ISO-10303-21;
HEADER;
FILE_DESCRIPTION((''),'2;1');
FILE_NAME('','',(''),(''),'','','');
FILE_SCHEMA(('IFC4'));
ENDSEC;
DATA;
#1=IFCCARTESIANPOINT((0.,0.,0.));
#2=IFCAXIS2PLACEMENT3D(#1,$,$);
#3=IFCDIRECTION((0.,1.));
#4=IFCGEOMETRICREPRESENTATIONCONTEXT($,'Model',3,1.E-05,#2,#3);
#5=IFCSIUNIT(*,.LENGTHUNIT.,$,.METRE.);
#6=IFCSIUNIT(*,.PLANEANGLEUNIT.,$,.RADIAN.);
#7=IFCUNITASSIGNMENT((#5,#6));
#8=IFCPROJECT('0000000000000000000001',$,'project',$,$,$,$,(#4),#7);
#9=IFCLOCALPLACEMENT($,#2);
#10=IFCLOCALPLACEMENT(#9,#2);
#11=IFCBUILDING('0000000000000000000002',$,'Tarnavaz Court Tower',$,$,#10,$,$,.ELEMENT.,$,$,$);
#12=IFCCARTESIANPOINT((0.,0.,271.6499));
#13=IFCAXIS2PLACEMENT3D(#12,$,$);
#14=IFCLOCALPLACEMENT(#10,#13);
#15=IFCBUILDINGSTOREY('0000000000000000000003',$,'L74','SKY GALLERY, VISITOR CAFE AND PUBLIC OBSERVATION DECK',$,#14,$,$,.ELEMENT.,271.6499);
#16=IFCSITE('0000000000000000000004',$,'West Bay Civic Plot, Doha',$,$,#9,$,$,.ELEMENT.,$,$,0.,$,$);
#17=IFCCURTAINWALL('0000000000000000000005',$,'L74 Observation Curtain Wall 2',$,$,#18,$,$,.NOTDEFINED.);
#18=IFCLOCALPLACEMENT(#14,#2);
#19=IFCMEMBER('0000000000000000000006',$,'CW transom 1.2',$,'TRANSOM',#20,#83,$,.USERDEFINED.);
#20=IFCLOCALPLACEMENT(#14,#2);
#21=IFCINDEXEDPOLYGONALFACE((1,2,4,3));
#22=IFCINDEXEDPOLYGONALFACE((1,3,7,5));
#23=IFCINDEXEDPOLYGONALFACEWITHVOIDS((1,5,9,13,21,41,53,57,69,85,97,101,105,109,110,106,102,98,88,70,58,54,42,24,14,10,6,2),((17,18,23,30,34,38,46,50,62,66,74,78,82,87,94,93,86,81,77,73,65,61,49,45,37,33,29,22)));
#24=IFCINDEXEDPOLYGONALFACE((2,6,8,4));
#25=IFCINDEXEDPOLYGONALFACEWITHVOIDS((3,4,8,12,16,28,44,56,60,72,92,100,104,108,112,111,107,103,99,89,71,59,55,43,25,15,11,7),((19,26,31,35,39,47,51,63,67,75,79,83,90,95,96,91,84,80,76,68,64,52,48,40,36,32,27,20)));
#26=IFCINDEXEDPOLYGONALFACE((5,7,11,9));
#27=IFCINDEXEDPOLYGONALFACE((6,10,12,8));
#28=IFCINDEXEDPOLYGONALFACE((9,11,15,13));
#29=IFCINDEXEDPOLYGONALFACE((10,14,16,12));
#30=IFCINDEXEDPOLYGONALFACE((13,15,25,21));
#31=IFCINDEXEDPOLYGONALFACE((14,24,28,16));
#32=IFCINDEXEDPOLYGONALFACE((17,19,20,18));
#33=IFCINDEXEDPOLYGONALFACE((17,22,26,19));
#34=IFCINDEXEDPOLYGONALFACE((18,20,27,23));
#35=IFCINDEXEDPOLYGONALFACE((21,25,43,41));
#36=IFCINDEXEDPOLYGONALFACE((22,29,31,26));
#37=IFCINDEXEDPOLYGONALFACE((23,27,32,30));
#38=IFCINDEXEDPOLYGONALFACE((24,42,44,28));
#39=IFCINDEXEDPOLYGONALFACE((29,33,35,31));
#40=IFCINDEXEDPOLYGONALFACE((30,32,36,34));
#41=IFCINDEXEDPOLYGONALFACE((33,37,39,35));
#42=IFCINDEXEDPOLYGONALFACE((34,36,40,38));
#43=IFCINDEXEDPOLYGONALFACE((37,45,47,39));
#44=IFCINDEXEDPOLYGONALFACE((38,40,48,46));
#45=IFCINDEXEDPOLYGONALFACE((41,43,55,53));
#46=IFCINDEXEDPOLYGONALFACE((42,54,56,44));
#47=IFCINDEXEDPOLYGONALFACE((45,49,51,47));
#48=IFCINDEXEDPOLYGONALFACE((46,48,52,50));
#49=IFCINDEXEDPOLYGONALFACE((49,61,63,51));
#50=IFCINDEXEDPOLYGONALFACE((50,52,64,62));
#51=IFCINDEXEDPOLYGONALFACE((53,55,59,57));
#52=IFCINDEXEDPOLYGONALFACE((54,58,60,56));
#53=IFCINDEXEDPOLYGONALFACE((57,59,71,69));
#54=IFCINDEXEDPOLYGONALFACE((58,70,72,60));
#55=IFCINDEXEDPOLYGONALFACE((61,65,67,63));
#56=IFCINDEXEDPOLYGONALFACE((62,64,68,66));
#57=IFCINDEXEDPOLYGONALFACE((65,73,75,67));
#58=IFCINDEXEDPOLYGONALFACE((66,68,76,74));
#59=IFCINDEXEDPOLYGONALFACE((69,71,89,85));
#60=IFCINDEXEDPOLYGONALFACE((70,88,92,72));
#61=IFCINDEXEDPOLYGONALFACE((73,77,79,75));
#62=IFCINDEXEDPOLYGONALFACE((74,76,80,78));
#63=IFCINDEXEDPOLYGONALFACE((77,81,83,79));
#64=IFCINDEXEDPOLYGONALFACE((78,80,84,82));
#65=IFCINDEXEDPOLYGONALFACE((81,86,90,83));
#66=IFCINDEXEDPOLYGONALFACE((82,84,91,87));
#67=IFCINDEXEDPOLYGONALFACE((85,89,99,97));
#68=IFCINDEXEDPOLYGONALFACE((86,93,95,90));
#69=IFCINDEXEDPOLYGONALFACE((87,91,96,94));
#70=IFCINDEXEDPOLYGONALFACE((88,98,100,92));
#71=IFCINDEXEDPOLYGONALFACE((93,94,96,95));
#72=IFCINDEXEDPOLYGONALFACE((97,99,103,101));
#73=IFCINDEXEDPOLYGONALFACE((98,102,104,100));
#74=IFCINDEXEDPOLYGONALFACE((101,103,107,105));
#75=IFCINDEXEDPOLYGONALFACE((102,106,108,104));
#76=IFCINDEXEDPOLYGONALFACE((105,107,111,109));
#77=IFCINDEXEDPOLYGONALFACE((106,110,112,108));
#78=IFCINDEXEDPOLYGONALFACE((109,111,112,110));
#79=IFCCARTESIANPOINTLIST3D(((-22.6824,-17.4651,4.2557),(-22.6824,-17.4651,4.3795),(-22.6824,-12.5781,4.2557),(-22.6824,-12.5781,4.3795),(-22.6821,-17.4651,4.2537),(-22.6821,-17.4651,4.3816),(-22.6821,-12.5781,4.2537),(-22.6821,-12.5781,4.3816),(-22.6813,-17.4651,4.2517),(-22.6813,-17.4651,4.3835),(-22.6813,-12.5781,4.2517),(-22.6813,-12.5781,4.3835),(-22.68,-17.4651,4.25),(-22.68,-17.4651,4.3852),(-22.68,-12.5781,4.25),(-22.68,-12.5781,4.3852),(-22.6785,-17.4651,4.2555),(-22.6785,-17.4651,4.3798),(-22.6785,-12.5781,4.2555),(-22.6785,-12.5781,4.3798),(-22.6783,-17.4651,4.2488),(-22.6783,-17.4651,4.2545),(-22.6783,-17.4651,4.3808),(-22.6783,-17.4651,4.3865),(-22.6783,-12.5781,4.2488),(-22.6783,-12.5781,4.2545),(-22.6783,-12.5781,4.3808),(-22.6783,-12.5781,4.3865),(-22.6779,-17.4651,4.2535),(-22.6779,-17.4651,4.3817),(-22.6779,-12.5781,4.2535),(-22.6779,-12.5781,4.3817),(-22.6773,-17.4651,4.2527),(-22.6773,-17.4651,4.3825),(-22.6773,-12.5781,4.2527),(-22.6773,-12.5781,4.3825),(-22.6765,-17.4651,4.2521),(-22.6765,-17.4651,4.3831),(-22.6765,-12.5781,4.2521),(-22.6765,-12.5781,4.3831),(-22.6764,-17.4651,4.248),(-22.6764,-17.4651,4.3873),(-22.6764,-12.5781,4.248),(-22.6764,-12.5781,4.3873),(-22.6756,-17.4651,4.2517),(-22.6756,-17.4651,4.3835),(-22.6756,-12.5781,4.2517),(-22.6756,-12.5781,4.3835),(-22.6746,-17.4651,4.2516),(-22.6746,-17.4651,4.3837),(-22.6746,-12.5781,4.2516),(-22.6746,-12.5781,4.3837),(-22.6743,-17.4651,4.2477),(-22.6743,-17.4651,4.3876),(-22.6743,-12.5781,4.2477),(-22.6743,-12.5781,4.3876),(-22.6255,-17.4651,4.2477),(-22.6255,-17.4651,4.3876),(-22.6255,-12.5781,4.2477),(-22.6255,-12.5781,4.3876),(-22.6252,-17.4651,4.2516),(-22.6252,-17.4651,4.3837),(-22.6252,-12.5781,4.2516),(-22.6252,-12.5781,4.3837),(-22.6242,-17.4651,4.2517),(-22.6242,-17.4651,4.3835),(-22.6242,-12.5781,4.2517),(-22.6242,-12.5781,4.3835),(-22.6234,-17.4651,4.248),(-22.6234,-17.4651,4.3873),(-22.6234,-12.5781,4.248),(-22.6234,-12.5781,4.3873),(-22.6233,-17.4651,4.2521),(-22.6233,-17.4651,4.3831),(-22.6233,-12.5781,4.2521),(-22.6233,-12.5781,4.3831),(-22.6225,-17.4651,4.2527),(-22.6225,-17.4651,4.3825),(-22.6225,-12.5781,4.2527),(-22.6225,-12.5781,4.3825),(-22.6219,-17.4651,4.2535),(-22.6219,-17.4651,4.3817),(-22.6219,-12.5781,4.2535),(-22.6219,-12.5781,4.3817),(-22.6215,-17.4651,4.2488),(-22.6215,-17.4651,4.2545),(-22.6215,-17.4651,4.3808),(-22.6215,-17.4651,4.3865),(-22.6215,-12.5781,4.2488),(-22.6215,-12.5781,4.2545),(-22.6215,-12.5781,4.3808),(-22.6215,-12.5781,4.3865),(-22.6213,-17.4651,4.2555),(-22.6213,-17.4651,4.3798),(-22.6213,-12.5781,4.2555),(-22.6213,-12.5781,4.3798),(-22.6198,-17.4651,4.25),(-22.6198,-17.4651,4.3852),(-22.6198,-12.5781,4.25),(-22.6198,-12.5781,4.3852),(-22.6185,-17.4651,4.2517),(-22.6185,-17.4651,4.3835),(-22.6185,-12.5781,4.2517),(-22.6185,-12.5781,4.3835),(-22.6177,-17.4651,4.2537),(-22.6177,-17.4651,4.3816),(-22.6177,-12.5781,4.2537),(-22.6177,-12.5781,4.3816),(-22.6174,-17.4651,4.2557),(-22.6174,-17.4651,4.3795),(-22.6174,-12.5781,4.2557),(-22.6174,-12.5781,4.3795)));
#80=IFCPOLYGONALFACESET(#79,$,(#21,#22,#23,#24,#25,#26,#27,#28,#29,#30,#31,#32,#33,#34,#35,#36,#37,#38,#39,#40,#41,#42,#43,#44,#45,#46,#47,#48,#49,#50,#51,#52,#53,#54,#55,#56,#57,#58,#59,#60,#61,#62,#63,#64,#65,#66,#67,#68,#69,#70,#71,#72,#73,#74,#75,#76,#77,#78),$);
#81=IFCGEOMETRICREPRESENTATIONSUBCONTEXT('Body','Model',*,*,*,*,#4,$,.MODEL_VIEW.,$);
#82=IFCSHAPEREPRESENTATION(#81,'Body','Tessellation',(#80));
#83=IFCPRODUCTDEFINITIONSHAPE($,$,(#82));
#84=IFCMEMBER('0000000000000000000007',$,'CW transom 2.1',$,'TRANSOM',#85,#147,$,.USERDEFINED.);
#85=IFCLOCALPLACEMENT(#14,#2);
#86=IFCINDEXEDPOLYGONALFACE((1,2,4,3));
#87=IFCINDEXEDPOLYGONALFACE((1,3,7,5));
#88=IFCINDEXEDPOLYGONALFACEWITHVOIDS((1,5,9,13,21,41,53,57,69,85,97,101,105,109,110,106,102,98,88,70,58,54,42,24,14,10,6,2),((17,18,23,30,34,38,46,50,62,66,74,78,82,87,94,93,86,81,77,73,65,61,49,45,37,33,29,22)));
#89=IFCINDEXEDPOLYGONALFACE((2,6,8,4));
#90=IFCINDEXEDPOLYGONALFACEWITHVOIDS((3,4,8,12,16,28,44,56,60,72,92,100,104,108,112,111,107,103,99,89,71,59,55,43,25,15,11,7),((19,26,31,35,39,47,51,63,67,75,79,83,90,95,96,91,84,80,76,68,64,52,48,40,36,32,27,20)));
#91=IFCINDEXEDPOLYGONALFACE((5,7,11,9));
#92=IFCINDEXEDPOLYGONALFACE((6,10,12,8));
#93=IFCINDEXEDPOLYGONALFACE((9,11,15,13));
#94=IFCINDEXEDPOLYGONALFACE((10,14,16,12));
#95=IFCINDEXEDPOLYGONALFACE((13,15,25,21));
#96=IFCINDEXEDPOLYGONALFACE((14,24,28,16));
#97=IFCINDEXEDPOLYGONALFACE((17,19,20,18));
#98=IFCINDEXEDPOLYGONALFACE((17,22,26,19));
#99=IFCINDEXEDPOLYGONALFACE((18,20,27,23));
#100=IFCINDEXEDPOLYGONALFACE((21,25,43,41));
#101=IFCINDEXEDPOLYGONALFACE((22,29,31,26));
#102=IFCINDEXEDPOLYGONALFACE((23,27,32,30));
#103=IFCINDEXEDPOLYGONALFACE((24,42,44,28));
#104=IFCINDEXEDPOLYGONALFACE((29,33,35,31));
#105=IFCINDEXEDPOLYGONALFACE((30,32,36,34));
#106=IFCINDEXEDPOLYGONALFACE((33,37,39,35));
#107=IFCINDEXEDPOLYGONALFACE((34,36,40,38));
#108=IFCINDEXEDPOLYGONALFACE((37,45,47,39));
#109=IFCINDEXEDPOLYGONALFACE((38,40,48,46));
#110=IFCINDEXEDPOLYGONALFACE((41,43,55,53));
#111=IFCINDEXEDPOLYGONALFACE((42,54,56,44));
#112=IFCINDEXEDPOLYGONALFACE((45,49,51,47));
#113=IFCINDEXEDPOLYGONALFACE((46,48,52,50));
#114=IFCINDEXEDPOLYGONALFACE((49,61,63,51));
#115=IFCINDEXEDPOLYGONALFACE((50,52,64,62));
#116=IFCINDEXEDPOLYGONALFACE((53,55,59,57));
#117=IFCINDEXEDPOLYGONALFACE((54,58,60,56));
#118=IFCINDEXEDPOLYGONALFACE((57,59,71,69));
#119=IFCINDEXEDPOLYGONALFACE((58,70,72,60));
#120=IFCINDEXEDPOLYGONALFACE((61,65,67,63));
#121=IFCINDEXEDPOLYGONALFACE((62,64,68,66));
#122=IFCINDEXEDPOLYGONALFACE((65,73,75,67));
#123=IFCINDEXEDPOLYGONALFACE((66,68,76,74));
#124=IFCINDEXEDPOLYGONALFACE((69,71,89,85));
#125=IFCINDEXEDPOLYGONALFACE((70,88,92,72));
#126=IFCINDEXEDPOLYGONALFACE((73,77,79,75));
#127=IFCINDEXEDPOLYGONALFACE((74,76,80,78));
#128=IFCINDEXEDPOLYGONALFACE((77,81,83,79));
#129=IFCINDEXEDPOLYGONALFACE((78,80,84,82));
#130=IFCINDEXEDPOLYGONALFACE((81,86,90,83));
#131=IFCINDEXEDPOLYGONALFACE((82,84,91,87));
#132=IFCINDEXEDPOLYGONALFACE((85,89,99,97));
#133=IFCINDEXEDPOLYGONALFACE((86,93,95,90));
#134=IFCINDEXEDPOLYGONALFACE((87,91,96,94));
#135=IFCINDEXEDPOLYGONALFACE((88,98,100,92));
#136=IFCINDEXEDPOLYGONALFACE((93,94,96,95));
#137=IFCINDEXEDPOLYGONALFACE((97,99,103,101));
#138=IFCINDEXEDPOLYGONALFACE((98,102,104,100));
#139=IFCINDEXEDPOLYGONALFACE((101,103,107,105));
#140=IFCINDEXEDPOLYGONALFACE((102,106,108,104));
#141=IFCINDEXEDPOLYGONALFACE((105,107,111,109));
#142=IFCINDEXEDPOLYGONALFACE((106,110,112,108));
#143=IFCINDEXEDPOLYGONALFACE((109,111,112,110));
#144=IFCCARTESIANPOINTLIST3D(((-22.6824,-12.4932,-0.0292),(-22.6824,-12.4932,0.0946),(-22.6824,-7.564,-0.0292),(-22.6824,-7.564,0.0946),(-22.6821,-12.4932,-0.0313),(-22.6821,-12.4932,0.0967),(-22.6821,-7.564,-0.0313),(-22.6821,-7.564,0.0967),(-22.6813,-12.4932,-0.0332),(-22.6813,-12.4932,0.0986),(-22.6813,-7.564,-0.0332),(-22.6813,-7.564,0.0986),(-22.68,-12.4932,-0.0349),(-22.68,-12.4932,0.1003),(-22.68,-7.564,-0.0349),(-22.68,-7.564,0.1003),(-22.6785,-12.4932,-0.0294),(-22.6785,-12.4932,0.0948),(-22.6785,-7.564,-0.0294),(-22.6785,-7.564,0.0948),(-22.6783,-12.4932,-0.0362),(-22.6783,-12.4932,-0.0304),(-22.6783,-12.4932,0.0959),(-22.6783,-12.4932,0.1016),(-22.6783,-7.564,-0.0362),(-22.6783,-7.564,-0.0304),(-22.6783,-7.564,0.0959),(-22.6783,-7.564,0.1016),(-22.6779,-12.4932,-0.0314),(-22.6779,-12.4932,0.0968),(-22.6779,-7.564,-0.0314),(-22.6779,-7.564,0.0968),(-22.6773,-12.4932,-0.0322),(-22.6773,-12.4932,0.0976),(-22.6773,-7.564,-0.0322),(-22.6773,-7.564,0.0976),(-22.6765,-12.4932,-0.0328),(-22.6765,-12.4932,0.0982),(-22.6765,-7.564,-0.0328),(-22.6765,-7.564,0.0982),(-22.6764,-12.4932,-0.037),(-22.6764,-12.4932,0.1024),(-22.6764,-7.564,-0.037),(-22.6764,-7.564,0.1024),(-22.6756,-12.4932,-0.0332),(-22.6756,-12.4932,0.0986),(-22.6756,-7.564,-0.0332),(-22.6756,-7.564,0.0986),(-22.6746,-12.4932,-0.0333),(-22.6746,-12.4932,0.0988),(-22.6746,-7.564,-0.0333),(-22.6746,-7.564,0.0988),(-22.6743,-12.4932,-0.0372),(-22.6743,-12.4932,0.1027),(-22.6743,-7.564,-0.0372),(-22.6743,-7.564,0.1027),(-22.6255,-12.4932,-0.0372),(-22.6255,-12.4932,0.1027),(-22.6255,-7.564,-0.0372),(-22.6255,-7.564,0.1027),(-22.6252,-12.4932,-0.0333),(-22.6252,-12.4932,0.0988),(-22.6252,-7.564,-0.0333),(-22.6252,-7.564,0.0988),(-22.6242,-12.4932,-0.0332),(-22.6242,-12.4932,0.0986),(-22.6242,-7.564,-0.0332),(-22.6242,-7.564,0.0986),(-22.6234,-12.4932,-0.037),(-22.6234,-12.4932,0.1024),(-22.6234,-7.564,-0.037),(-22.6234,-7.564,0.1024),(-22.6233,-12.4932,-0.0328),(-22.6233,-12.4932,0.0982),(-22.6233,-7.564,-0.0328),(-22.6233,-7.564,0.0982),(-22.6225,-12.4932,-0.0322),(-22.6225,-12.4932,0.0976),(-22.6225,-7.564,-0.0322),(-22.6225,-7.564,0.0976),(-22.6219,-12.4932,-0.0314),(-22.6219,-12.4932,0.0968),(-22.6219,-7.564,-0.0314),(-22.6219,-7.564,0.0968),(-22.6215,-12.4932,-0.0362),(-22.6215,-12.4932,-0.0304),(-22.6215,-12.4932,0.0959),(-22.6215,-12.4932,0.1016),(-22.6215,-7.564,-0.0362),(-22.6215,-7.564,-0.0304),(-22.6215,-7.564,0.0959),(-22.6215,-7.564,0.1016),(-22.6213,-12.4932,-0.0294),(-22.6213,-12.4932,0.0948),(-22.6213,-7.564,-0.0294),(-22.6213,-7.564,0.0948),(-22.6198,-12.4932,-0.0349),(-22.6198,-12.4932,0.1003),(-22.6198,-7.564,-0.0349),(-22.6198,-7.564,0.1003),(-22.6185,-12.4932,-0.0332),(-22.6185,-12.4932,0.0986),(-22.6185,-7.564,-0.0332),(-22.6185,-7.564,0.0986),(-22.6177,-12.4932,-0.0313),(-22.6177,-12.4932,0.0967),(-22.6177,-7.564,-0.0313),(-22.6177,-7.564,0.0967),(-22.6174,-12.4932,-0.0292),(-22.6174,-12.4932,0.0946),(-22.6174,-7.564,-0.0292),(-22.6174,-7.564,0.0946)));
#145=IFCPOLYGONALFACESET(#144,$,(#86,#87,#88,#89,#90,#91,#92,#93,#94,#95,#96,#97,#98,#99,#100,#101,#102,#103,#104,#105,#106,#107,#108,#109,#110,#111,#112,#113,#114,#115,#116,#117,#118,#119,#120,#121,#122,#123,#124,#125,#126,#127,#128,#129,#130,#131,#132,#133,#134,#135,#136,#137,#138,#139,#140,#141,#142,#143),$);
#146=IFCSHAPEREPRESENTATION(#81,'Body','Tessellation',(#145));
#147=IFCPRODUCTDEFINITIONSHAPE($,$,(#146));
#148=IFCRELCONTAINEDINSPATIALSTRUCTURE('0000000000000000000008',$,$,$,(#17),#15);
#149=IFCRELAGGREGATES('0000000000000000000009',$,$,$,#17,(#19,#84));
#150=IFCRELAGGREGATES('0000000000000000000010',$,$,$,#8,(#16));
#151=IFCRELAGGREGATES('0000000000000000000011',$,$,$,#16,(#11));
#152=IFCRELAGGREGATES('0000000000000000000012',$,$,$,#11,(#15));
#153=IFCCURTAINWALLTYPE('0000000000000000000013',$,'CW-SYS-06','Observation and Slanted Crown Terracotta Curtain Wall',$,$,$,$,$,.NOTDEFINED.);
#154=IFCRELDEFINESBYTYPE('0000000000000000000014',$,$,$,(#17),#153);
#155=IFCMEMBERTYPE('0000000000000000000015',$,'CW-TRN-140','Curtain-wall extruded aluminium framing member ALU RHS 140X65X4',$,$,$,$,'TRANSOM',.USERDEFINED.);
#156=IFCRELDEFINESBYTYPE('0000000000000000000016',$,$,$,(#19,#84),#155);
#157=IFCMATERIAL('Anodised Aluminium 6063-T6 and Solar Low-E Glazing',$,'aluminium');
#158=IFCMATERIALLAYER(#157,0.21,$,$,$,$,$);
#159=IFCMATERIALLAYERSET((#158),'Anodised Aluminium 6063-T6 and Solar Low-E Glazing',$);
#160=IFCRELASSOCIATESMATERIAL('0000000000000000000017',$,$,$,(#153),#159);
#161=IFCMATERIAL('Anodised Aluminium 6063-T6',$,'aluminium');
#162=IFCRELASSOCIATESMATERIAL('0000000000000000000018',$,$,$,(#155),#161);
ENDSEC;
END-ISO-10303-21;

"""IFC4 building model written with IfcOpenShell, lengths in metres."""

from ifc_helpers import new_model, si_unit, direction, frame, origin, origin_2d, place, context, subcontext, project, spatial, hollow_rectangle, extrude, material, layer, layer_set, material_profile, profile_set, type_object, element, aggregate, save


model = new_model("IFC4")

# Units and contexts
model_context = context("Model", 3, precision=1e-05, world=origin(), true_north=direction((0.0, 1.0)))
body_context = subcontext(model_context, "Body", "Model", "MODEL_VIEW")
ifc_project = project(units=[si_unit("LENGTHUNIT", "METRE"), si_unit("PLANEANGLEUNIT", "RADIAN")], contexts=[model_context])

# Site, building, storey
site_placement = place(None, origin())
site = spatial("IfcSite", under=ifc_project, at=site_placement, Name="West Bay Civic Plot, Doha", CompositionType="ELEMENT", RefElevation=0.0)
building_placement = place(site_placement, origin())
building = spatial("IfcBuilding", under=site, at=building_placement, Name="Tarnavaz Court Tower", CompositionType="ELEMENT")
storey_placement = place(building_placement, frame((0.0, 0.0, 271.6499)))
storey = spatial("IfcBuildingStorey", under=building, at=storey_placement, Name="L74", Description="SKY GALLERY, VISITOR CAFE AND PUBLIC OBSERVATION DECK", CompositionType="ELEMENT", Elevation=271.6499)

# Curtain wall, members
ifc_material_1 = material(Name="Anodised Aluminium 6063-T6 and Solar Low-E Glazing", Category="aluminium")
ifc_layer_1 = layer(ifc_material_1, 0.21)
ifc_layer_set_1 = layer_set([ifc_layer_1], Name="Anodised Aluminium 6063-T6 and Solar Low-E Glazing")
curtain_wall_type = type_object("IfcCurtainWallType", Name="CW-SYS-06", Description="Observation and Slanted Crown Terracotta Curtain Wall", PredefinedType="NOTDEFINED", material=ifc_layer_set_1)
curtain_wall_placement = place(storey_placement, origin())
curtain_wall = element("IfcCurtainWall", 1, at=curtain_wall_placement, inside=storey, type_object=curtain_wall_type, Name="L74 Observation Curtain Wall 2", PredefinedType="NOTDEFINED")
ifc_material_2 = material(Name="Anodised Aluminium 6063-T6", Category="aluminium")
ifc_material_profile_1 = material_profile(ifc_material_2, hollow_rectangle(XDim=0.0649, YDim=0.1399, WallThickness=0.0039, InnerFilletRadius=0.0039, OuterFilletRadius=0.0081, at=origin_2d()), Name="ALU RHS 140X65X4")
ifc_profile_set_1 = profile_set([ifc_material_profile_1], Name="Anodised Aluminium 6063-T6")
member_type_1 = type_object("IfcMemberType", Name="CW-TRN-140", Description="Curtain-wall extruded aluminium framing member ALU RHS 140X65X4", ElementType="TRANSOM", PredefinedType="USERDEFINED", material=ifc_profile_set_1)
member_1_placement = place(storey_placement, frame((-22.6499, -17.4651, 4.3176), z_axis=(0.0, 1.0, 0.0), x_axis=(-1.0, 0.0, 0.0)))
member_1 = element("IfcMember", 2, at=member_1_placement, type_object=member_type_1, Name="CW transom 1.2", ObjectType="TRANSOM", PredefinedType="USERDEFINED", context=body_context, shape_type="SweptSolid", body=[
    extrude(hollow_rectangle(XDim=0.0649, YDim=0.1399, WallThickness=0.0039, InnerFilletRadius=0.0039, OuterFilletRadius=0.0081, at=origin_2d()), origin(), (0.0, 0.0, 1.0), 4.887),
])
member_2_placement = place(storey_placement, frame((-22.6499, -12.4932, 0.0327), z_axis=(0.0, 1.0, 0.0), x_axis=(-1.0, 0.0, 0.0)))
member_2 = element("IfcMember", 3, at=member_2_placement, type_object=member_type_1, Name="CW transom 2.1", ObjectType="TRANSOM", PredefinedType="USERDEFINED", context=body_context, shape_type="SweptSolid", body=[
    extrude(hollow_rectangle(XDim=0.0649, YDim=0.1399, WallThickness=0.0039, InnerFilletRadius=0.0039, OuterFilletRadius=0.0081, at=origin_2d()), origin(), (0.0, 0.0, 1.0), 4.9292),
])
aggregate(curtain_wall, [member_1, member_2])

save(model, "model.ifc")
